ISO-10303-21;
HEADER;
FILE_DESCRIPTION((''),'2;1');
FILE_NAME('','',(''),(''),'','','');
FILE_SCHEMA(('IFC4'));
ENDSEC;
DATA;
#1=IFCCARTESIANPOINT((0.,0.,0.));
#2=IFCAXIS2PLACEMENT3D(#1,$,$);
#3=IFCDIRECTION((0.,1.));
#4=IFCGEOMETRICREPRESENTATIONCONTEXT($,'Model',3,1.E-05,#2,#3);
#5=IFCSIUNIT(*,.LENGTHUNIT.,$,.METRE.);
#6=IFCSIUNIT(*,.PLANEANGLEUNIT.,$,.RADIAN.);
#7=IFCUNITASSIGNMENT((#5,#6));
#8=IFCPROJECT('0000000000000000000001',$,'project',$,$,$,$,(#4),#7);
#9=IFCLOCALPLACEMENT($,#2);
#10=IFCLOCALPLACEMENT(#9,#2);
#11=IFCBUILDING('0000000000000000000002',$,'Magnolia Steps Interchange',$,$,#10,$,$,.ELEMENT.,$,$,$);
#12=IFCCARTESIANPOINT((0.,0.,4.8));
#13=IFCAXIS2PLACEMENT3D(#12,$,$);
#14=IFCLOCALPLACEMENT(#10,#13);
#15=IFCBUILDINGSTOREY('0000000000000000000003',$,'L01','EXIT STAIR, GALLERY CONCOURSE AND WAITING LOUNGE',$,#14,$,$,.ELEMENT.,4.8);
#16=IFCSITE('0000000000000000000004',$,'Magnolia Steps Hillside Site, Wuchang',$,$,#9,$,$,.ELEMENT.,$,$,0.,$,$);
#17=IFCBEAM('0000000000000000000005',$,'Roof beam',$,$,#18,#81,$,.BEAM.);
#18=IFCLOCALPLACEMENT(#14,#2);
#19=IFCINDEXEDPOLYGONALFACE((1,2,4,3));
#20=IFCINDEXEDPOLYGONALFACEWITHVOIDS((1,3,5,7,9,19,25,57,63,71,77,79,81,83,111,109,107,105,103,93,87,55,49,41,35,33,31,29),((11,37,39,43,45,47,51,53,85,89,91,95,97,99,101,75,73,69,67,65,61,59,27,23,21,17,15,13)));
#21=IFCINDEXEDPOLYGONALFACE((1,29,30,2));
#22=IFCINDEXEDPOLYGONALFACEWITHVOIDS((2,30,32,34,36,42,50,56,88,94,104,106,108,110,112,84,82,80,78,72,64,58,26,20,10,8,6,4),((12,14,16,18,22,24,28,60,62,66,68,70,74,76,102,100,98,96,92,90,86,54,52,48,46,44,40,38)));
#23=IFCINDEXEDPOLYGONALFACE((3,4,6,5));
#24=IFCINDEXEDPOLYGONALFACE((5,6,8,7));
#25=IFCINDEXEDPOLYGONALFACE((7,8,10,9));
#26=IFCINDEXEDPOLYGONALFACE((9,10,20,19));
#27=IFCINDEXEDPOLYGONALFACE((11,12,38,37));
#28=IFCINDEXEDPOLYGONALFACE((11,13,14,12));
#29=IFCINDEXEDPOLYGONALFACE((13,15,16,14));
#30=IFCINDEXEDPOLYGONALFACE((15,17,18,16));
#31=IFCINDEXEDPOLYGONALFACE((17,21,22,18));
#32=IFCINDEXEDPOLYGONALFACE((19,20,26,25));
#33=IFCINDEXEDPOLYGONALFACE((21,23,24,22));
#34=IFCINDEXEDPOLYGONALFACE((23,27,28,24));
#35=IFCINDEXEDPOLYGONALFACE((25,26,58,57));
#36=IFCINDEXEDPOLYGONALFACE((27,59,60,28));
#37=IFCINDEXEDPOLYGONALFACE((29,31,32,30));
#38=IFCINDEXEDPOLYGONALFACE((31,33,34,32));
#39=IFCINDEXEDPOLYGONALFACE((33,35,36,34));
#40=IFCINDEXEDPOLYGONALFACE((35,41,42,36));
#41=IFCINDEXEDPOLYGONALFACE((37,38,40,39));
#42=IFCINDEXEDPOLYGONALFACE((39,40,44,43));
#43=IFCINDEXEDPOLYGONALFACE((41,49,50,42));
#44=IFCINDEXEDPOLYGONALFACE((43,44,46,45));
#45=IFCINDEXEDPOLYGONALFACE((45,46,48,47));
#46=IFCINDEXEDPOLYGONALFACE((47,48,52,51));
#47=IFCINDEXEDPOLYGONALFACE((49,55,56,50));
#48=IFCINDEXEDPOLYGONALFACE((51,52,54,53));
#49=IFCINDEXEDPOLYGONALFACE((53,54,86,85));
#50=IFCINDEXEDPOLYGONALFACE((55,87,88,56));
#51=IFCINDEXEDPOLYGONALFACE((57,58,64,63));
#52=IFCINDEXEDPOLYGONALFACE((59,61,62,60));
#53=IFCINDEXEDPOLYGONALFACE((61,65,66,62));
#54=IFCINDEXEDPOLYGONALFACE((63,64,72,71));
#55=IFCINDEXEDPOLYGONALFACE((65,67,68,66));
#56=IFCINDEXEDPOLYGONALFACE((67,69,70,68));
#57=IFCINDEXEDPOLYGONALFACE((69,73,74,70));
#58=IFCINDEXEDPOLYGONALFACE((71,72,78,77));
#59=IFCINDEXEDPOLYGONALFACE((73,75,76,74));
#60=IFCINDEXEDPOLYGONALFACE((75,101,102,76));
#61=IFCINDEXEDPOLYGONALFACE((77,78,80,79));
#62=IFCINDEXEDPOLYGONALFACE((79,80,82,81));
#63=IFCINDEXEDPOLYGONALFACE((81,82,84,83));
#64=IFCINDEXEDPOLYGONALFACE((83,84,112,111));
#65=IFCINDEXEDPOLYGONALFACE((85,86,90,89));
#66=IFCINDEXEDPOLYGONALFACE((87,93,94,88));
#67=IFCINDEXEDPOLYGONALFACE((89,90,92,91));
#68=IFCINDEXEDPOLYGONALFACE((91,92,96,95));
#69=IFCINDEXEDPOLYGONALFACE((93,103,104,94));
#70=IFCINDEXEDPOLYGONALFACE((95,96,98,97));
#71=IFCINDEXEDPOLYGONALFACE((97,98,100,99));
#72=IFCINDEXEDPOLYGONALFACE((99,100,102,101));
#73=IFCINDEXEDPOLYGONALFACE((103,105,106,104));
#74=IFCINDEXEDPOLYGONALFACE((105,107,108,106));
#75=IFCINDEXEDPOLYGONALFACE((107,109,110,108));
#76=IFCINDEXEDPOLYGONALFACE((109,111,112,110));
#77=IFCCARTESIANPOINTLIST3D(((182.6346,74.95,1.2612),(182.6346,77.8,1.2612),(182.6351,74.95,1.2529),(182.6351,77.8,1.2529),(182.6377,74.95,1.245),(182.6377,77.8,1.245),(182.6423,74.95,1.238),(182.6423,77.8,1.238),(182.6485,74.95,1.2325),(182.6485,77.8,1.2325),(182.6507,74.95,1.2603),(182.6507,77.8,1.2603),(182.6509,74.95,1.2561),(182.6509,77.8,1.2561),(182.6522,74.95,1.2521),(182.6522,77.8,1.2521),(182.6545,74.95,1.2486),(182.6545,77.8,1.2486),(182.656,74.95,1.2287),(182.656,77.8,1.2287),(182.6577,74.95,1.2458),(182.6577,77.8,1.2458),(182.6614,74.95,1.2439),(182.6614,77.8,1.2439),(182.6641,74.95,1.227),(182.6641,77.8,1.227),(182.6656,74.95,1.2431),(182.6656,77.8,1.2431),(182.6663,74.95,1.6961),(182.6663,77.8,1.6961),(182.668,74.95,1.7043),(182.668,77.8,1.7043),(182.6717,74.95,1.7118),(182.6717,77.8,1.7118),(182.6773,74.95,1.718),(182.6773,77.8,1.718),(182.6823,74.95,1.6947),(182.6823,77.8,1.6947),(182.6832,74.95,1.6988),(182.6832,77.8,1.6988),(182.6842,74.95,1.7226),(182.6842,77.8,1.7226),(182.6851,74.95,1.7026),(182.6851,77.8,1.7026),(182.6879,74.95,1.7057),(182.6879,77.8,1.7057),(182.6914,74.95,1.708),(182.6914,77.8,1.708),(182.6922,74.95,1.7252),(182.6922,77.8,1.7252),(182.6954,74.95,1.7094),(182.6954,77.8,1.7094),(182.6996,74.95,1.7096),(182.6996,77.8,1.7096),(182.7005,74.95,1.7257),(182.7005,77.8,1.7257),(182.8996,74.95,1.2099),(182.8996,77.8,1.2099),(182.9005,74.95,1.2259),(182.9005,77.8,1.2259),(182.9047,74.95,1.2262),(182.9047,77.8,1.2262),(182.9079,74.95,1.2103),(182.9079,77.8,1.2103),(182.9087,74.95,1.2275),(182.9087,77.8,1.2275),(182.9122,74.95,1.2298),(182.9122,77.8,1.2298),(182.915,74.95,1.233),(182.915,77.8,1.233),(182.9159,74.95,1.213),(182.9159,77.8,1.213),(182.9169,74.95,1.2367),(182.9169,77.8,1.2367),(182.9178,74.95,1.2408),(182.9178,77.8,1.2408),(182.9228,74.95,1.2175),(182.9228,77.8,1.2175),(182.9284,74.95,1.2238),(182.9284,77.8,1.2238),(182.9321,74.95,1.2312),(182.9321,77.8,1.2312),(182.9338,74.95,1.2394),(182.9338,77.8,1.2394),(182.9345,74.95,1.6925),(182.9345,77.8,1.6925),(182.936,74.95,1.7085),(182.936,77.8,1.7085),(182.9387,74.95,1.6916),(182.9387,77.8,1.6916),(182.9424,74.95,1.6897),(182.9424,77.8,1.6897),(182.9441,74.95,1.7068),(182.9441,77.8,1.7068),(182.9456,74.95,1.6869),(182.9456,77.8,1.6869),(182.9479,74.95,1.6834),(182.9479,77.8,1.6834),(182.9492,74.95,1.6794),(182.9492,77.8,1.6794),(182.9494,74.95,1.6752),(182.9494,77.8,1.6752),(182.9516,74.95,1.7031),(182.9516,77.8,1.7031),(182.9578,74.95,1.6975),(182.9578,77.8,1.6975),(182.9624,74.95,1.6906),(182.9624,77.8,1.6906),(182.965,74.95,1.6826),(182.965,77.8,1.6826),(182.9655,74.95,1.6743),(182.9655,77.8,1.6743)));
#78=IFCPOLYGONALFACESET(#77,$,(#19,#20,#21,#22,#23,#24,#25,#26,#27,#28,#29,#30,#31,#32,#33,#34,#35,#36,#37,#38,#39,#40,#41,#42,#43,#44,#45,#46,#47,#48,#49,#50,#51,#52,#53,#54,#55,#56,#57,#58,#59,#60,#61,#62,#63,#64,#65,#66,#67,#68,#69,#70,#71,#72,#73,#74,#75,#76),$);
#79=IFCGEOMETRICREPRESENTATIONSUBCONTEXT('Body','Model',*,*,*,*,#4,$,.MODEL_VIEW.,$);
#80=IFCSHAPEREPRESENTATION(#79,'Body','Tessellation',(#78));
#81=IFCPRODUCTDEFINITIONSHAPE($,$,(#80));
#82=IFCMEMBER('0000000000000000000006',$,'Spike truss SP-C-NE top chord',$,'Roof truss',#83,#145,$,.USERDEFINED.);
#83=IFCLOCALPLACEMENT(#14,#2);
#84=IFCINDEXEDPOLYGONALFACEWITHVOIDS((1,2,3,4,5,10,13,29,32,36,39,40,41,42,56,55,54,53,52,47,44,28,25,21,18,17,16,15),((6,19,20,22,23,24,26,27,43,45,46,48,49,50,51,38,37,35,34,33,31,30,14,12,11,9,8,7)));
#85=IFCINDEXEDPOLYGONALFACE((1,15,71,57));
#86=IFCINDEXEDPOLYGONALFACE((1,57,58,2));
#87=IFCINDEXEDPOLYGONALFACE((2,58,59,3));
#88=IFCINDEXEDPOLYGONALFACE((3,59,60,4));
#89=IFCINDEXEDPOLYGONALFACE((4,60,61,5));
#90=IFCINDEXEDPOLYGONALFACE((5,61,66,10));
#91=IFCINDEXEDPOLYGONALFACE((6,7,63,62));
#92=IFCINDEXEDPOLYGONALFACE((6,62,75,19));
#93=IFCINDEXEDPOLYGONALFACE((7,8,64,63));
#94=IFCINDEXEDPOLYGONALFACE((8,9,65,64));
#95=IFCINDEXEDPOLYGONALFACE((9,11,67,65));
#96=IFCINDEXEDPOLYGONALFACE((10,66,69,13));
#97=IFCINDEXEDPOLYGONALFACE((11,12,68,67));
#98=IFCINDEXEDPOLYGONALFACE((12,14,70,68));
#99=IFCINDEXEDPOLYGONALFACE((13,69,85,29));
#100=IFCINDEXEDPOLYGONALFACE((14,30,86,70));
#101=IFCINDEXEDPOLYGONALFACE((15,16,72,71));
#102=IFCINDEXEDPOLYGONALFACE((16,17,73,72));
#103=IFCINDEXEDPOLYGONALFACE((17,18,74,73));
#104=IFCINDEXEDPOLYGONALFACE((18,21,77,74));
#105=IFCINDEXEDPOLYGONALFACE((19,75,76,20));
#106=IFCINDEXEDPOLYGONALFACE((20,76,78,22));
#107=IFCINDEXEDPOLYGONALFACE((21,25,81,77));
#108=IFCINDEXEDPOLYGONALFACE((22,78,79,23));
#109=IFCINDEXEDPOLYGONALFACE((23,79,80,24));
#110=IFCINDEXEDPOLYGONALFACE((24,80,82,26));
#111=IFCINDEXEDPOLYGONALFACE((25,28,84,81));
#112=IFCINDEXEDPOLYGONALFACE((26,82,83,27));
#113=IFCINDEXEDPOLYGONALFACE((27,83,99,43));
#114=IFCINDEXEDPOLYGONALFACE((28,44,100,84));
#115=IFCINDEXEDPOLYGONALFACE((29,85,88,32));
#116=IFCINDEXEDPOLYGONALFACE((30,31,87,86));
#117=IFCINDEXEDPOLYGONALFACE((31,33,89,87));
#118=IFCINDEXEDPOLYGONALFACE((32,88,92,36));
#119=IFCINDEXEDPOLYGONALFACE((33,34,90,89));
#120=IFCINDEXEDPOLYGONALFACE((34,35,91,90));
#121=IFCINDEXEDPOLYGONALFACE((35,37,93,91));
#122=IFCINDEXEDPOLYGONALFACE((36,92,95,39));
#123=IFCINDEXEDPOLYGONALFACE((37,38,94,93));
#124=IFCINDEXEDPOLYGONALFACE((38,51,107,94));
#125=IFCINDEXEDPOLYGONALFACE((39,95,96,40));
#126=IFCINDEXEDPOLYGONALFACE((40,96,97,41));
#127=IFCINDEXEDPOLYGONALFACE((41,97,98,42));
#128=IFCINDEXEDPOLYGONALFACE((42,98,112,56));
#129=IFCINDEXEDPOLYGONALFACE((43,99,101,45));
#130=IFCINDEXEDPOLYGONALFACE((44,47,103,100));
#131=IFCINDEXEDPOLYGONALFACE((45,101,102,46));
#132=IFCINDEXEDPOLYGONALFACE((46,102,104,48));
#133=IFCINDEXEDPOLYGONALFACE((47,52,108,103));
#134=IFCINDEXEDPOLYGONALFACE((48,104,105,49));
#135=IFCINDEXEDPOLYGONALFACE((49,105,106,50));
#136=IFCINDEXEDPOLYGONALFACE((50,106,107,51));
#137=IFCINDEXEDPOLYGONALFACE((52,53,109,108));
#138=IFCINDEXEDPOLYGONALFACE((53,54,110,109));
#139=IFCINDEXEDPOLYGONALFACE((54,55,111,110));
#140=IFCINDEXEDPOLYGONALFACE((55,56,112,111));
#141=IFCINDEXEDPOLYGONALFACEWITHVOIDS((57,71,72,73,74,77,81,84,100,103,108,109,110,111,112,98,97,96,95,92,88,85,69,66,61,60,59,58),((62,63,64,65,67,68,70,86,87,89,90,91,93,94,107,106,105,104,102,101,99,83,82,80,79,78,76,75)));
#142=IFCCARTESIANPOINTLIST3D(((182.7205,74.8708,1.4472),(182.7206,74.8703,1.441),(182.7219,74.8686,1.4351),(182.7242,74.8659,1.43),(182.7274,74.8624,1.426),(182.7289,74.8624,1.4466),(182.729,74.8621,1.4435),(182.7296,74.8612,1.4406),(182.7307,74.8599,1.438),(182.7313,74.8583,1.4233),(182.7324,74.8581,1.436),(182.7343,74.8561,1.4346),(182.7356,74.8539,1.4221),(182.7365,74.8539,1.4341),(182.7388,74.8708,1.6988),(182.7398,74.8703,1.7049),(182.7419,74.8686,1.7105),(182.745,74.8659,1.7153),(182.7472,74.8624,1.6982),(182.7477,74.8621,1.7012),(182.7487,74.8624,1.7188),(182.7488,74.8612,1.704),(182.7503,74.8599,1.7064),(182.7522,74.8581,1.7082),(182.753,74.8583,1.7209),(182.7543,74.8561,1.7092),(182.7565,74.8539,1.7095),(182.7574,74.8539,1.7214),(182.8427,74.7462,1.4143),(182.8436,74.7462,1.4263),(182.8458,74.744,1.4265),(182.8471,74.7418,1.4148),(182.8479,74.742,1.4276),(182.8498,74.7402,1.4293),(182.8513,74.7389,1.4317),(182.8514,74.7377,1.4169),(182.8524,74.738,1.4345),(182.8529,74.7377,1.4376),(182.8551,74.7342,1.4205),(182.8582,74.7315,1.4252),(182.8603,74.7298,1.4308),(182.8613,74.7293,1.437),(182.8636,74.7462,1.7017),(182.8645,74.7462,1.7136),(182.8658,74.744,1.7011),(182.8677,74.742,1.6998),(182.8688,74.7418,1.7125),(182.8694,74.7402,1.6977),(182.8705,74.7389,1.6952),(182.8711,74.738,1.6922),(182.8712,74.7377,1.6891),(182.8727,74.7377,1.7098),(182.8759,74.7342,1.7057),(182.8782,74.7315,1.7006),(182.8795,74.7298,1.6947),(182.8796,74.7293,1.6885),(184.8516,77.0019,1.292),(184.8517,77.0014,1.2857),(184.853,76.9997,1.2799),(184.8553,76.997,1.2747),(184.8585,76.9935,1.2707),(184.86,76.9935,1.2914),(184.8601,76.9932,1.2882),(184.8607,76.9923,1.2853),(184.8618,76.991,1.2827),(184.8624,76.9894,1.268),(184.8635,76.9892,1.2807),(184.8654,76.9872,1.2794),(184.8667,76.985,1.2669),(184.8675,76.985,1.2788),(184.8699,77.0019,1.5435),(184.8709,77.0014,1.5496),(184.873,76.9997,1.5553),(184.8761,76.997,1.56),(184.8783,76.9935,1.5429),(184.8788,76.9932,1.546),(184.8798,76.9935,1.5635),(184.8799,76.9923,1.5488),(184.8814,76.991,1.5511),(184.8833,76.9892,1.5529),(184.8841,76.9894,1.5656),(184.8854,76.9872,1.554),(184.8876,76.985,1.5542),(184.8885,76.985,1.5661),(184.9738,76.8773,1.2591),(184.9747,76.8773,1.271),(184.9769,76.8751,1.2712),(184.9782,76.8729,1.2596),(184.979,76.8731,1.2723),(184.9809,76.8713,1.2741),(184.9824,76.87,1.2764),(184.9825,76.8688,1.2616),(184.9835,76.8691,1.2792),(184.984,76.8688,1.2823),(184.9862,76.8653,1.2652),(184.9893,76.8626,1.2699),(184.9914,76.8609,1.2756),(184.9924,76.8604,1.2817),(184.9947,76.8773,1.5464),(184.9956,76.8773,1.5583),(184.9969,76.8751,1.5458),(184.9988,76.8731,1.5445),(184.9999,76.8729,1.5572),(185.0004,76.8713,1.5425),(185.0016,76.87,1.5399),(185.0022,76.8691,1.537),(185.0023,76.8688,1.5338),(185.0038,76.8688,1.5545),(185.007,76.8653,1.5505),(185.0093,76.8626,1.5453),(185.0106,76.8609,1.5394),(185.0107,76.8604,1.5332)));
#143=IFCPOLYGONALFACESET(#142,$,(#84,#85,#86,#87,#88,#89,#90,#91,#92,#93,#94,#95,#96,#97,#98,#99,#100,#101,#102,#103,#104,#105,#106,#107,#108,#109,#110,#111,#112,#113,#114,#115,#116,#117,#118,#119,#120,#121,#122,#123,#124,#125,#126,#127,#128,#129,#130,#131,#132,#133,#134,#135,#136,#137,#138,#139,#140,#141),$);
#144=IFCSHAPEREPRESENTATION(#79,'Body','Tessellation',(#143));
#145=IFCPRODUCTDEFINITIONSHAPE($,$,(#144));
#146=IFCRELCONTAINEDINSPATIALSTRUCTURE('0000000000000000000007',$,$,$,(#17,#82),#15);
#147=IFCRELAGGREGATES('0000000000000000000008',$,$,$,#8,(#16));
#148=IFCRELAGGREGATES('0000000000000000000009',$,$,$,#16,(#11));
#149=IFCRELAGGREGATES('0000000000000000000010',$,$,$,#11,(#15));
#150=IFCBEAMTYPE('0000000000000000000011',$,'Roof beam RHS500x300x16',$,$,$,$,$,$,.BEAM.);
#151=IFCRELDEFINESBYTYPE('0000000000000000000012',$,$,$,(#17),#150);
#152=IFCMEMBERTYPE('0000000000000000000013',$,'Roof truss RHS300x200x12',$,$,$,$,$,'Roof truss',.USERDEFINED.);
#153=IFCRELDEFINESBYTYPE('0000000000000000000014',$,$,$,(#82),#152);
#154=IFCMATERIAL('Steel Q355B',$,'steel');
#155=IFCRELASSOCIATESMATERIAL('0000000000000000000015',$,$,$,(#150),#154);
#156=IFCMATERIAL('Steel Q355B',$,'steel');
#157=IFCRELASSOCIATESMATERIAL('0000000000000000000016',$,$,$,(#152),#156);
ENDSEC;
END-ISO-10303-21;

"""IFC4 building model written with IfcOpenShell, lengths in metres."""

from ifc_helpers import new_model, si_unit, direction, frame, origin, origin_2d, place, context, subcontext, project, spatial, hollow_rectangle, extrude, material, material_profile, profile_set, type_object, element, save


model = new_model("IFC4")

# Units and contexts
model_context = context("Model", 3, precision=1e-05, world=origin(), true_north=direction((0.0, 1.0)))
body_context = subcontext(model_context, "Body", "Model", "MODEL_VIEW")
ifc_project = project(units=[si_unit("LENGTHUNIT", "METRE"), si_unit("PLANEANGLEUNIT", "RADIAN")], contexts=[model_context])

# Site, building, storey
site_placement = place(None, origin())
site = spatial("IfcSite", under=ifc_project, at=site_placement, Name="Magnolia Steps Hillside Site, Wuchang", CompositionType="ELEMENT", RefElevation=0.0)
building_placement = place(site_placement, origin())
building = spatial("IfcBuilding", under=site, at=building_placement, Name="Magnolia Steps Interchange", CompositionType="ELEMENT")
storey_placement = place(building_placement, frame((0.0, 0.0, 4.8)))
storey = spatial("IfcBuildingStorey", under=building, at=storey_placement, Name="L01", Description="EXIT STAIR, GALLERY CONCOURSE AND WAITING LOUNGE", CompositionType="ELEMENT", Elevation=4.8)

# Beam
ifc_material_1 = material(Name="Steel Q355B", Category="steel")
ifc_material_profile_1 = material_profile(ifc_material_1, hollow_rectangle(XDim=0.3, YDim=0.5, WallThickness=0.0161, InnerFilletRadius=0.0161, OuterFilletRadius=0.032, at=origin_2d()), Name="RHS500x300x16")
ifc_profile_set_1 = profile_set([ifc_material_profile_1], Name="Steel Q355B")
beam_type_1 = type_object("IfcBeamType", Name="Roof beam RHS500x300x16", PredefinedType="BEAM", material=ifc_profile_set_1)
beam_1_placement = place(storey_placement, frame((182.8, 74.95, 1.4678), z_axis=(0.0, 1.0, 0.0), x_axis=(-0.997352, 0.0, 0.072724)))
element("IfcBeam", 1, at=beam_1_placement, inside=storey, type_object=beam_type_1, Name="Roof beam", PredefinedType="BEAM", context=body_context, shape_type="SweptSolid", body=[
    extrude(hollow_rectangle(XDim=0.3, YDim=0.5, WallThickness=0.0161, InnerFilletRadius=0.0161, OuterFilletRadius=0.032, at=origin_2d()), origin(), (0.0, 0.0, 1.0), 2.8501),
])

# Member
ifc_material_2 = material(Name="Steel Q355B", Category="steel")
ifc_material_profile_2 = material_profile(ifc_material_2, hollow_rectangle(XDim=0.2, YDim=0.3, WallThickness=0.012, InnerFilletRadius=0.012, OuterFilletRadius=0.0239, at=origin_2d()), Name="RHS300x200x12")
ifc_profile_set_2 = profile_set([ifc_material_profile_2], Name="Steel Q355B")
member_type_1 = type_object("IfcMemberType", Name="Roof truss RHS300x200x12", ElementType="Roof truss", PredefinedType="USERDEFINED", material=ifc_profile_set_2)
member_1_placement = place(storey_placement, frame((182.8, 74.8, 1.5679), z_axis=(0.70617, 0.70617, -0.051452), x_axis=(-0.7043, 0.708042, 0.051355)))
element("IfcMember", 2, at=member_1_placement, inside=storey, type_object=member_type_1, Name="Spike truss SP-C-NE top chord", ObjectType="Roof truss", PredefinedType="USERDEFINED", context=body_context, shape_type="SweptSolid", body=[
    extrude(hollow_rectangle(XDim=0.2, YDim=0.3, WallThickness=0.012, InnerFilletRadius=0.012, OuterFilletRadius=0.0239, at=origin_2d()), origin(), (0.0, 0.0, 1.0), 3.0178),
])

save(model, "model.ifc")
